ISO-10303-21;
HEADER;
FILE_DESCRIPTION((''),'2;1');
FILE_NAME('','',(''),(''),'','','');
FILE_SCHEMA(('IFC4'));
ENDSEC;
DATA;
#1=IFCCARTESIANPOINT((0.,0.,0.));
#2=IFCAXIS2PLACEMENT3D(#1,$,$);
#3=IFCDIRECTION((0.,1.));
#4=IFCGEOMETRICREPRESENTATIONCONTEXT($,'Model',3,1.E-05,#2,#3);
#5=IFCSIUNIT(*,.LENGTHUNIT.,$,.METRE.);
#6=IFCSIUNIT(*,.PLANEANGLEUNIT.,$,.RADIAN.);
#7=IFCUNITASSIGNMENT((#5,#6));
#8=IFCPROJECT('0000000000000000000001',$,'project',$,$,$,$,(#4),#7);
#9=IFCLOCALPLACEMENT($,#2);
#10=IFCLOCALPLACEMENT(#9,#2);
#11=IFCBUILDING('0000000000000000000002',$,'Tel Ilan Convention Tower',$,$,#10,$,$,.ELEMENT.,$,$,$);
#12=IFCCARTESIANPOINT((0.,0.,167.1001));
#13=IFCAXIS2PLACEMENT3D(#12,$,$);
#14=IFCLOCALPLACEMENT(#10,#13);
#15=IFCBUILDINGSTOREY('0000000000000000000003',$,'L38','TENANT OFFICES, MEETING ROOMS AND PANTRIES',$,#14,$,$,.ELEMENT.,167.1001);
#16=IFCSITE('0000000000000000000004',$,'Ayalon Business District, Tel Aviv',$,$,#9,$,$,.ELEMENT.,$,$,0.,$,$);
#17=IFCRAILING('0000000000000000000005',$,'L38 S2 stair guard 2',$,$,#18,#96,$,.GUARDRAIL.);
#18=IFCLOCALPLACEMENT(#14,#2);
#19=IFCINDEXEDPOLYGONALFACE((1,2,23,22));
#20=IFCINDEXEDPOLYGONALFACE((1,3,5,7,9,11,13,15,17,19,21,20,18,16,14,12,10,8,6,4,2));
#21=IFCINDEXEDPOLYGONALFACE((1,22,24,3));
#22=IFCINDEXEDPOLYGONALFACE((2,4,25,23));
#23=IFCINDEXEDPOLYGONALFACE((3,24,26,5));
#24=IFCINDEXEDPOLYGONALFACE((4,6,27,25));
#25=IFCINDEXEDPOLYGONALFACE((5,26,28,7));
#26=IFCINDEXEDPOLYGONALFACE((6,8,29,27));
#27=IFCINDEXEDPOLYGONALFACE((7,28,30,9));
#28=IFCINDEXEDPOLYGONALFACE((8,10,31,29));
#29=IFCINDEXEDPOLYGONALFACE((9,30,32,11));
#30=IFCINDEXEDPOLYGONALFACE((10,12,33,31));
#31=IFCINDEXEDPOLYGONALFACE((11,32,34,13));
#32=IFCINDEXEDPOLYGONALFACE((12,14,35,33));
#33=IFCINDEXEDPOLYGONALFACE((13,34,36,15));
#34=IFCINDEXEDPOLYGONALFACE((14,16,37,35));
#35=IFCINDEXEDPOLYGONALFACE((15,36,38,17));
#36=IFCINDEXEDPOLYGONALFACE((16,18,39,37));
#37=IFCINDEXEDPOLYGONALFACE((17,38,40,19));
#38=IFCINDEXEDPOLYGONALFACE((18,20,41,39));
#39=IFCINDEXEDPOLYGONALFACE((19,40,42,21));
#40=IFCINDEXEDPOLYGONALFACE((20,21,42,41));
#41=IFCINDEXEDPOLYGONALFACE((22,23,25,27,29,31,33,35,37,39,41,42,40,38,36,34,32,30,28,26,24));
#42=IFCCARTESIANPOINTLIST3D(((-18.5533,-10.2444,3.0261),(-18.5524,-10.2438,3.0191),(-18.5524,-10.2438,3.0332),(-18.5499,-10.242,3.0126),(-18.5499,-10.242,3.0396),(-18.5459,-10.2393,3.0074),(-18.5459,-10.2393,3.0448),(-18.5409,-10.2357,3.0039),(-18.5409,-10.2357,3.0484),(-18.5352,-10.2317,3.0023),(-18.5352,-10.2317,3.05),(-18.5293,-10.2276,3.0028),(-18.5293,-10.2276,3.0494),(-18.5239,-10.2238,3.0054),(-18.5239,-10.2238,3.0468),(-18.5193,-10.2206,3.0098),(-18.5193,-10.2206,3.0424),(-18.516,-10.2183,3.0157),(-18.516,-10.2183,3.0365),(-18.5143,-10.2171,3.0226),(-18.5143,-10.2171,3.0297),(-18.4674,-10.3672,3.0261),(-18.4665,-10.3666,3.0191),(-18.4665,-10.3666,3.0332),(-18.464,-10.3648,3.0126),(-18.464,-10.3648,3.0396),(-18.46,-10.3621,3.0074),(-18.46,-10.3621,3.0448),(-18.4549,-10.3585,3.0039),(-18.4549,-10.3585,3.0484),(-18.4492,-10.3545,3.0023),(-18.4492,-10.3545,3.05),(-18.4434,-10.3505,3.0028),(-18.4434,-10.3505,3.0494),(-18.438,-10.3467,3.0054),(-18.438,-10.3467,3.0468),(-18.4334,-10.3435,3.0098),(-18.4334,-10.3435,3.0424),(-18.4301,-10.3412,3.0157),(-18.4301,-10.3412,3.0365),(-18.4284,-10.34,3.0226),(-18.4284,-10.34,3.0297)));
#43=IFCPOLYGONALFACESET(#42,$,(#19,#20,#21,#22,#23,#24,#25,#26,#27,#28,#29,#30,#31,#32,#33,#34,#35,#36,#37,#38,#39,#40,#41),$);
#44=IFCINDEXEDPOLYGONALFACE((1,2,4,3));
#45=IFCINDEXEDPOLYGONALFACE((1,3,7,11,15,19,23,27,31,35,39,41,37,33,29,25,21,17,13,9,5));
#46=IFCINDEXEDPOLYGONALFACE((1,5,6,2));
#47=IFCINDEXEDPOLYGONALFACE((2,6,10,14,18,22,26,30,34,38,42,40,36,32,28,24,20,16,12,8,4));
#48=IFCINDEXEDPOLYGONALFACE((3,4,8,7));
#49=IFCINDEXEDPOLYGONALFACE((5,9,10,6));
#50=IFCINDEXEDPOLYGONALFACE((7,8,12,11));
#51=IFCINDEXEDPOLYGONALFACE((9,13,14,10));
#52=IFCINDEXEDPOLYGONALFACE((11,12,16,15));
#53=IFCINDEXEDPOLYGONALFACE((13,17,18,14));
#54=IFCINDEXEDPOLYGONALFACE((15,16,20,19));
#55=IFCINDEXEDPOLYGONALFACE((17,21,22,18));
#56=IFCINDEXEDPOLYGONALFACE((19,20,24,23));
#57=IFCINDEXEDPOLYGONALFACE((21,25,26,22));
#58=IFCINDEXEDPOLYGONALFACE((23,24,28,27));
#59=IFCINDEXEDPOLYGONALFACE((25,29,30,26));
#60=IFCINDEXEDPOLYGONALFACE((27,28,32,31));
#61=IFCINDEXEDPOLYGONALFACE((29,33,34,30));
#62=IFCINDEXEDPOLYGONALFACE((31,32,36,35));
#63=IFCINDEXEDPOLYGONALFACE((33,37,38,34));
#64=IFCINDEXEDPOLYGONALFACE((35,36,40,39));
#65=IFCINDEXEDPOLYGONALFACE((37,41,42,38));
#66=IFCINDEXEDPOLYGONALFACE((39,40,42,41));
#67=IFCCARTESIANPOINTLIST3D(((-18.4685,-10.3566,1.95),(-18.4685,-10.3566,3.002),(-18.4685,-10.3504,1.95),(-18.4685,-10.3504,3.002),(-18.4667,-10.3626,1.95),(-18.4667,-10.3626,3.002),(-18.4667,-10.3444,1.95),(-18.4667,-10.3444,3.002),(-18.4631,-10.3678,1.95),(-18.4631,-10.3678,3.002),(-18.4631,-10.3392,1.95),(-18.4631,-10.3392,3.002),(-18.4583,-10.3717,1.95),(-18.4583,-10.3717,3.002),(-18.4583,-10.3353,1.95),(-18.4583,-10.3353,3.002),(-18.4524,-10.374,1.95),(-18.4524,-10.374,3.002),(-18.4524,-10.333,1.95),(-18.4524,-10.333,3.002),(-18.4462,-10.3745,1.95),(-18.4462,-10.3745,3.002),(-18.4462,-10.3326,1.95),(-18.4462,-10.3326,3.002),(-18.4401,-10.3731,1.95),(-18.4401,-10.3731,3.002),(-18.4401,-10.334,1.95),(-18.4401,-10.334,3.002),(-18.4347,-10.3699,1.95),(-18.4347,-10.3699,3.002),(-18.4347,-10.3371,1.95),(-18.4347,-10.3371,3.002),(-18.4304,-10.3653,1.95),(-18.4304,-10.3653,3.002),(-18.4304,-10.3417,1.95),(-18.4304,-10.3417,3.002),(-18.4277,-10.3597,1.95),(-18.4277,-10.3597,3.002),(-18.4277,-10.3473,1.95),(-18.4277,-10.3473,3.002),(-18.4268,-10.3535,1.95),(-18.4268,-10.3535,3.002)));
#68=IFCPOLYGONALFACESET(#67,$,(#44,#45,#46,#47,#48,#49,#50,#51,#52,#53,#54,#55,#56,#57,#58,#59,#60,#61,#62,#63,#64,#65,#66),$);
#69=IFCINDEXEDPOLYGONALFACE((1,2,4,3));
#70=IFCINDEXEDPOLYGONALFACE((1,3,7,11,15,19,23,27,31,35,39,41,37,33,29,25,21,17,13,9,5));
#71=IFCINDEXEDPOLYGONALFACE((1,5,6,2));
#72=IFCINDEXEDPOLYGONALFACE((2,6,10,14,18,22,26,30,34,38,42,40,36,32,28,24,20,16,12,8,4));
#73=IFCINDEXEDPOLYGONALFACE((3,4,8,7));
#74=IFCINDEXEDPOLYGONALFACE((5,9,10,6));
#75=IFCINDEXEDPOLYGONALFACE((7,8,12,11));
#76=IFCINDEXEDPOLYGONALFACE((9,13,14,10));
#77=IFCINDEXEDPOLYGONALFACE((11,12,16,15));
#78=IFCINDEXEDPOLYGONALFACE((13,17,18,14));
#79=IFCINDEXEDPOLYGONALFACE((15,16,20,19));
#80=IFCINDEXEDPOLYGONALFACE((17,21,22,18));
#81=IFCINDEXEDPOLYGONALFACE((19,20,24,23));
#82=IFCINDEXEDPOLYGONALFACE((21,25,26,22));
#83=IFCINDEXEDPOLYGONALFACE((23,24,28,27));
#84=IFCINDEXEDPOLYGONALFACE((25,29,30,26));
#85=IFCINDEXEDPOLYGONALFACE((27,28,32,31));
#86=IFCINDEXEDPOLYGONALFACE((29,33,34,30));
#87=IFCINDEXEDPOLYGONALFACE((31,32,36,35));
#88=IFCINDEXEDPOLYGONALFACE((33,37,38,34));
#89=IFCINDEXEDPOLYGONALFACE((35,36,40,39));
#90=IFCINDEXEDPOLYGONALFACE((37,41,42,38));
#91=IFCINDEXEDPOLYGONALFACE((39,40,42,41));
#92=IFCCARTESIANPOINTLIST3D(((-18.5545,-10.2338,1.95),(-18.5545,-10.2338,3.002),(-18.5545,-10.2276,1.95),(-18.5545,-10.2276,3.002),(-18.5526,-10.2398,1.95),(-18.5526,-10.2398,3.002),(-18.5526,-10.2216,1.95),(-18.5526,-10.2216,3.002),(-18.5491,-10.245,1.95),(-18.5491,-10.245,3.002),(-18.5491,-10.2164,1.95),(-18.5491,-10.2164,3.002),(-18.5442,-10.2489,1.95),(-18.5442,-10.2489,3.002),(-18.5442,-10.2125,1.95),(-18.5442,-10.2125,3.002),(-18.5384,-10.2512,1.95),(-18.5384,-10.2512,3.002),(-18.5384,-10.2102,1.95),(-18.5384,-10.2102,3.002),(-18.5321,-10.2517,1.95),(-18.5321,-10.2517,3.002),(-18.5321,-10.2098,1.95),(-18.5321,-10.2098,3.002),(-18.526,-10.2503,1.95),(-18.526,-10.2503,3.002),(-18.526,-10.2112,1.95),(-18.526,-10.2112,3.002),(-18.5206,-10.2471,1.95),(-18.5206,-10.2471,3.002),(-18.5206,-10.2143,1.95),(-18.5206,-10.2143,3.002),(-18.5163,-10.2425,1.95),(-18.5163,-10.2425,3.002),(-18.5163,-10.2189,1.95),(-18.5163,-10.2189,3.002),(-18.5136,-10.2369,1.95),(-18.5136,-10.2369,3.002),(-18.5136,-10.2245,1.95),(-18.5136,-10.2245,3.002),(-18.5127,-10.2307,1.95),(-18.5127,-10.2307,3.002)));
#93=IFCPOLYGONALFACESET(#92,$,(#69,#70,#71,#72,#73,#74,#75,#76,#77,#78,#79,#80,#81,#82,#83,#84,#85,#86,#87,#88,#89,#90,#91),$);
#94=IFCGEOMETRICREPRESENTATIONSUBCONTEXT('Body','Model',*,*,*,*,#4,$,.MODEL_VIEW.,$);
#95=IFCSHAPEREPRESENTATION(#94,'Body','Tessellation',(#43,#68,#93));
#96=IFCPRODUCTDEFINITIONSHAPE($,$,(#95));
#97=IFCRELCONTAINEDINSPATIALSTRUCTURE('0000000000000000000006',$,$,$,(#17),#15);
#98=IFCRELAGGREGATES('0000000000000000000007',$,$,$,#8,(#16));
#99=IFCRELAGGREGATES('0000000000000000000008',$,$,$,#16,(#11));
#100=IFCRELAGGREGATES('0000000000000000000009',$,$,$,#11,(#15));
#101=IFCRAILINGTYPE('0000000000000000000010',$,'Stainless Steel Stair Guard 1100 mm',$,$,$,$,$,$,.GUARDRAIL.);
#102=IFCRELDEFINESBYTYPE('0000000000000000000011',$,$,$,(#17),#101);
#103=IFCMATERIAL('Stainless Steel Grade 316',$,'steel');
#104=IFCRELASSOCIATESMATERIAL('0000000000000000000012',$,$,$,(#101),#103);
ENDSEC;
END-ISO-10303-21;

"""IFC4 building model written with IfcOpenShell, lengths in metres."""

from ifc_helpers import new_model, si_unit, direction, frame, origin, origin_2d, place, context, subcontext, project, spatial, circle, extrude, material, type_object, element, save


model = new_model("IFC4")

# Units and contexts
model_context = context("Model", 3, precision=1e-05, world=origin(), true_north=direction((0.0, 1.0)))
body_context = subcontext(model_context, "Body", "Model", "MODEL_VIEW")
ifc_project = project(units=[si_unit("LENGTHUNIT", "METRE"), si_unit("PLANEANGLEUNIT", "RADIAN")], contexts=[model_context])

# Site, building, storey
site_placement = place(None, origin())
site = spatial("IfcSite", under=ifc_project, at=site_placement, Name="Ayalon Business District, Tel Aviv", CompositionType="ELEMENT", RefElevation=0.0)
building_placement = place(site_placement, origin())
building = spatial("IfcBuilding", under=site, at=building_placement, Name="Tel Ilan Convention Tower", CompositionType="ELEMENT")
storey_placement = place(building_placement, frame((0.0, 0.0, 167.1001)))
storey = spatial("IfcBuildingStorey", under=building, at=storey_placement, Name="L38", Description="TENANT OFFICES, MEETING ROOMS AND PANTRIES", CompositionType="ELEMENT", Elevation=167.1001)

# Railing
ifc_material_1 = material(Name="Stainless Steel Grade 316", Category="steel")
railing_type_1 = type_object("IfcRailingType", Name="Stainless Steel Stair Guard 1100 mm", PredefinedType="GUARDRAIL", material=ifc_material_1)
railing_1_placement = place(storey_placement, frame((-18.4478, -10.3535, 1.95)))
element("IfcRailing", 1, at=railing_1_placement, inside=storey, type_object=railing_type_1, Name="L38 S2 stair guard 2", PredefinedType="GUARDRAIL", context=body_context, shape_type="SweptSolid", body=[
    extrude(circle(Radius=0.0239, at=origin_2d()), frame((0.0, 0.0, 1.0762), z_axis=(-0.573353, 0.819308, 0.0), x_axis=(-0.819308, -0.573353, 0.0)), (0.0, 0.0, 1.0), 0.1499),
    extrude(circle(Radius=0.021, at=origin_2d()), origin(), (0.0, 0.0, 1.0), 1.052),
    extrude(circle(Radius=0.021, at=origin_2d()), frame((-0.0859, 0.1228, 0.0)), (0.0, 0.0, 1.0), 1.052),
])

save(model, "model.ifc")
